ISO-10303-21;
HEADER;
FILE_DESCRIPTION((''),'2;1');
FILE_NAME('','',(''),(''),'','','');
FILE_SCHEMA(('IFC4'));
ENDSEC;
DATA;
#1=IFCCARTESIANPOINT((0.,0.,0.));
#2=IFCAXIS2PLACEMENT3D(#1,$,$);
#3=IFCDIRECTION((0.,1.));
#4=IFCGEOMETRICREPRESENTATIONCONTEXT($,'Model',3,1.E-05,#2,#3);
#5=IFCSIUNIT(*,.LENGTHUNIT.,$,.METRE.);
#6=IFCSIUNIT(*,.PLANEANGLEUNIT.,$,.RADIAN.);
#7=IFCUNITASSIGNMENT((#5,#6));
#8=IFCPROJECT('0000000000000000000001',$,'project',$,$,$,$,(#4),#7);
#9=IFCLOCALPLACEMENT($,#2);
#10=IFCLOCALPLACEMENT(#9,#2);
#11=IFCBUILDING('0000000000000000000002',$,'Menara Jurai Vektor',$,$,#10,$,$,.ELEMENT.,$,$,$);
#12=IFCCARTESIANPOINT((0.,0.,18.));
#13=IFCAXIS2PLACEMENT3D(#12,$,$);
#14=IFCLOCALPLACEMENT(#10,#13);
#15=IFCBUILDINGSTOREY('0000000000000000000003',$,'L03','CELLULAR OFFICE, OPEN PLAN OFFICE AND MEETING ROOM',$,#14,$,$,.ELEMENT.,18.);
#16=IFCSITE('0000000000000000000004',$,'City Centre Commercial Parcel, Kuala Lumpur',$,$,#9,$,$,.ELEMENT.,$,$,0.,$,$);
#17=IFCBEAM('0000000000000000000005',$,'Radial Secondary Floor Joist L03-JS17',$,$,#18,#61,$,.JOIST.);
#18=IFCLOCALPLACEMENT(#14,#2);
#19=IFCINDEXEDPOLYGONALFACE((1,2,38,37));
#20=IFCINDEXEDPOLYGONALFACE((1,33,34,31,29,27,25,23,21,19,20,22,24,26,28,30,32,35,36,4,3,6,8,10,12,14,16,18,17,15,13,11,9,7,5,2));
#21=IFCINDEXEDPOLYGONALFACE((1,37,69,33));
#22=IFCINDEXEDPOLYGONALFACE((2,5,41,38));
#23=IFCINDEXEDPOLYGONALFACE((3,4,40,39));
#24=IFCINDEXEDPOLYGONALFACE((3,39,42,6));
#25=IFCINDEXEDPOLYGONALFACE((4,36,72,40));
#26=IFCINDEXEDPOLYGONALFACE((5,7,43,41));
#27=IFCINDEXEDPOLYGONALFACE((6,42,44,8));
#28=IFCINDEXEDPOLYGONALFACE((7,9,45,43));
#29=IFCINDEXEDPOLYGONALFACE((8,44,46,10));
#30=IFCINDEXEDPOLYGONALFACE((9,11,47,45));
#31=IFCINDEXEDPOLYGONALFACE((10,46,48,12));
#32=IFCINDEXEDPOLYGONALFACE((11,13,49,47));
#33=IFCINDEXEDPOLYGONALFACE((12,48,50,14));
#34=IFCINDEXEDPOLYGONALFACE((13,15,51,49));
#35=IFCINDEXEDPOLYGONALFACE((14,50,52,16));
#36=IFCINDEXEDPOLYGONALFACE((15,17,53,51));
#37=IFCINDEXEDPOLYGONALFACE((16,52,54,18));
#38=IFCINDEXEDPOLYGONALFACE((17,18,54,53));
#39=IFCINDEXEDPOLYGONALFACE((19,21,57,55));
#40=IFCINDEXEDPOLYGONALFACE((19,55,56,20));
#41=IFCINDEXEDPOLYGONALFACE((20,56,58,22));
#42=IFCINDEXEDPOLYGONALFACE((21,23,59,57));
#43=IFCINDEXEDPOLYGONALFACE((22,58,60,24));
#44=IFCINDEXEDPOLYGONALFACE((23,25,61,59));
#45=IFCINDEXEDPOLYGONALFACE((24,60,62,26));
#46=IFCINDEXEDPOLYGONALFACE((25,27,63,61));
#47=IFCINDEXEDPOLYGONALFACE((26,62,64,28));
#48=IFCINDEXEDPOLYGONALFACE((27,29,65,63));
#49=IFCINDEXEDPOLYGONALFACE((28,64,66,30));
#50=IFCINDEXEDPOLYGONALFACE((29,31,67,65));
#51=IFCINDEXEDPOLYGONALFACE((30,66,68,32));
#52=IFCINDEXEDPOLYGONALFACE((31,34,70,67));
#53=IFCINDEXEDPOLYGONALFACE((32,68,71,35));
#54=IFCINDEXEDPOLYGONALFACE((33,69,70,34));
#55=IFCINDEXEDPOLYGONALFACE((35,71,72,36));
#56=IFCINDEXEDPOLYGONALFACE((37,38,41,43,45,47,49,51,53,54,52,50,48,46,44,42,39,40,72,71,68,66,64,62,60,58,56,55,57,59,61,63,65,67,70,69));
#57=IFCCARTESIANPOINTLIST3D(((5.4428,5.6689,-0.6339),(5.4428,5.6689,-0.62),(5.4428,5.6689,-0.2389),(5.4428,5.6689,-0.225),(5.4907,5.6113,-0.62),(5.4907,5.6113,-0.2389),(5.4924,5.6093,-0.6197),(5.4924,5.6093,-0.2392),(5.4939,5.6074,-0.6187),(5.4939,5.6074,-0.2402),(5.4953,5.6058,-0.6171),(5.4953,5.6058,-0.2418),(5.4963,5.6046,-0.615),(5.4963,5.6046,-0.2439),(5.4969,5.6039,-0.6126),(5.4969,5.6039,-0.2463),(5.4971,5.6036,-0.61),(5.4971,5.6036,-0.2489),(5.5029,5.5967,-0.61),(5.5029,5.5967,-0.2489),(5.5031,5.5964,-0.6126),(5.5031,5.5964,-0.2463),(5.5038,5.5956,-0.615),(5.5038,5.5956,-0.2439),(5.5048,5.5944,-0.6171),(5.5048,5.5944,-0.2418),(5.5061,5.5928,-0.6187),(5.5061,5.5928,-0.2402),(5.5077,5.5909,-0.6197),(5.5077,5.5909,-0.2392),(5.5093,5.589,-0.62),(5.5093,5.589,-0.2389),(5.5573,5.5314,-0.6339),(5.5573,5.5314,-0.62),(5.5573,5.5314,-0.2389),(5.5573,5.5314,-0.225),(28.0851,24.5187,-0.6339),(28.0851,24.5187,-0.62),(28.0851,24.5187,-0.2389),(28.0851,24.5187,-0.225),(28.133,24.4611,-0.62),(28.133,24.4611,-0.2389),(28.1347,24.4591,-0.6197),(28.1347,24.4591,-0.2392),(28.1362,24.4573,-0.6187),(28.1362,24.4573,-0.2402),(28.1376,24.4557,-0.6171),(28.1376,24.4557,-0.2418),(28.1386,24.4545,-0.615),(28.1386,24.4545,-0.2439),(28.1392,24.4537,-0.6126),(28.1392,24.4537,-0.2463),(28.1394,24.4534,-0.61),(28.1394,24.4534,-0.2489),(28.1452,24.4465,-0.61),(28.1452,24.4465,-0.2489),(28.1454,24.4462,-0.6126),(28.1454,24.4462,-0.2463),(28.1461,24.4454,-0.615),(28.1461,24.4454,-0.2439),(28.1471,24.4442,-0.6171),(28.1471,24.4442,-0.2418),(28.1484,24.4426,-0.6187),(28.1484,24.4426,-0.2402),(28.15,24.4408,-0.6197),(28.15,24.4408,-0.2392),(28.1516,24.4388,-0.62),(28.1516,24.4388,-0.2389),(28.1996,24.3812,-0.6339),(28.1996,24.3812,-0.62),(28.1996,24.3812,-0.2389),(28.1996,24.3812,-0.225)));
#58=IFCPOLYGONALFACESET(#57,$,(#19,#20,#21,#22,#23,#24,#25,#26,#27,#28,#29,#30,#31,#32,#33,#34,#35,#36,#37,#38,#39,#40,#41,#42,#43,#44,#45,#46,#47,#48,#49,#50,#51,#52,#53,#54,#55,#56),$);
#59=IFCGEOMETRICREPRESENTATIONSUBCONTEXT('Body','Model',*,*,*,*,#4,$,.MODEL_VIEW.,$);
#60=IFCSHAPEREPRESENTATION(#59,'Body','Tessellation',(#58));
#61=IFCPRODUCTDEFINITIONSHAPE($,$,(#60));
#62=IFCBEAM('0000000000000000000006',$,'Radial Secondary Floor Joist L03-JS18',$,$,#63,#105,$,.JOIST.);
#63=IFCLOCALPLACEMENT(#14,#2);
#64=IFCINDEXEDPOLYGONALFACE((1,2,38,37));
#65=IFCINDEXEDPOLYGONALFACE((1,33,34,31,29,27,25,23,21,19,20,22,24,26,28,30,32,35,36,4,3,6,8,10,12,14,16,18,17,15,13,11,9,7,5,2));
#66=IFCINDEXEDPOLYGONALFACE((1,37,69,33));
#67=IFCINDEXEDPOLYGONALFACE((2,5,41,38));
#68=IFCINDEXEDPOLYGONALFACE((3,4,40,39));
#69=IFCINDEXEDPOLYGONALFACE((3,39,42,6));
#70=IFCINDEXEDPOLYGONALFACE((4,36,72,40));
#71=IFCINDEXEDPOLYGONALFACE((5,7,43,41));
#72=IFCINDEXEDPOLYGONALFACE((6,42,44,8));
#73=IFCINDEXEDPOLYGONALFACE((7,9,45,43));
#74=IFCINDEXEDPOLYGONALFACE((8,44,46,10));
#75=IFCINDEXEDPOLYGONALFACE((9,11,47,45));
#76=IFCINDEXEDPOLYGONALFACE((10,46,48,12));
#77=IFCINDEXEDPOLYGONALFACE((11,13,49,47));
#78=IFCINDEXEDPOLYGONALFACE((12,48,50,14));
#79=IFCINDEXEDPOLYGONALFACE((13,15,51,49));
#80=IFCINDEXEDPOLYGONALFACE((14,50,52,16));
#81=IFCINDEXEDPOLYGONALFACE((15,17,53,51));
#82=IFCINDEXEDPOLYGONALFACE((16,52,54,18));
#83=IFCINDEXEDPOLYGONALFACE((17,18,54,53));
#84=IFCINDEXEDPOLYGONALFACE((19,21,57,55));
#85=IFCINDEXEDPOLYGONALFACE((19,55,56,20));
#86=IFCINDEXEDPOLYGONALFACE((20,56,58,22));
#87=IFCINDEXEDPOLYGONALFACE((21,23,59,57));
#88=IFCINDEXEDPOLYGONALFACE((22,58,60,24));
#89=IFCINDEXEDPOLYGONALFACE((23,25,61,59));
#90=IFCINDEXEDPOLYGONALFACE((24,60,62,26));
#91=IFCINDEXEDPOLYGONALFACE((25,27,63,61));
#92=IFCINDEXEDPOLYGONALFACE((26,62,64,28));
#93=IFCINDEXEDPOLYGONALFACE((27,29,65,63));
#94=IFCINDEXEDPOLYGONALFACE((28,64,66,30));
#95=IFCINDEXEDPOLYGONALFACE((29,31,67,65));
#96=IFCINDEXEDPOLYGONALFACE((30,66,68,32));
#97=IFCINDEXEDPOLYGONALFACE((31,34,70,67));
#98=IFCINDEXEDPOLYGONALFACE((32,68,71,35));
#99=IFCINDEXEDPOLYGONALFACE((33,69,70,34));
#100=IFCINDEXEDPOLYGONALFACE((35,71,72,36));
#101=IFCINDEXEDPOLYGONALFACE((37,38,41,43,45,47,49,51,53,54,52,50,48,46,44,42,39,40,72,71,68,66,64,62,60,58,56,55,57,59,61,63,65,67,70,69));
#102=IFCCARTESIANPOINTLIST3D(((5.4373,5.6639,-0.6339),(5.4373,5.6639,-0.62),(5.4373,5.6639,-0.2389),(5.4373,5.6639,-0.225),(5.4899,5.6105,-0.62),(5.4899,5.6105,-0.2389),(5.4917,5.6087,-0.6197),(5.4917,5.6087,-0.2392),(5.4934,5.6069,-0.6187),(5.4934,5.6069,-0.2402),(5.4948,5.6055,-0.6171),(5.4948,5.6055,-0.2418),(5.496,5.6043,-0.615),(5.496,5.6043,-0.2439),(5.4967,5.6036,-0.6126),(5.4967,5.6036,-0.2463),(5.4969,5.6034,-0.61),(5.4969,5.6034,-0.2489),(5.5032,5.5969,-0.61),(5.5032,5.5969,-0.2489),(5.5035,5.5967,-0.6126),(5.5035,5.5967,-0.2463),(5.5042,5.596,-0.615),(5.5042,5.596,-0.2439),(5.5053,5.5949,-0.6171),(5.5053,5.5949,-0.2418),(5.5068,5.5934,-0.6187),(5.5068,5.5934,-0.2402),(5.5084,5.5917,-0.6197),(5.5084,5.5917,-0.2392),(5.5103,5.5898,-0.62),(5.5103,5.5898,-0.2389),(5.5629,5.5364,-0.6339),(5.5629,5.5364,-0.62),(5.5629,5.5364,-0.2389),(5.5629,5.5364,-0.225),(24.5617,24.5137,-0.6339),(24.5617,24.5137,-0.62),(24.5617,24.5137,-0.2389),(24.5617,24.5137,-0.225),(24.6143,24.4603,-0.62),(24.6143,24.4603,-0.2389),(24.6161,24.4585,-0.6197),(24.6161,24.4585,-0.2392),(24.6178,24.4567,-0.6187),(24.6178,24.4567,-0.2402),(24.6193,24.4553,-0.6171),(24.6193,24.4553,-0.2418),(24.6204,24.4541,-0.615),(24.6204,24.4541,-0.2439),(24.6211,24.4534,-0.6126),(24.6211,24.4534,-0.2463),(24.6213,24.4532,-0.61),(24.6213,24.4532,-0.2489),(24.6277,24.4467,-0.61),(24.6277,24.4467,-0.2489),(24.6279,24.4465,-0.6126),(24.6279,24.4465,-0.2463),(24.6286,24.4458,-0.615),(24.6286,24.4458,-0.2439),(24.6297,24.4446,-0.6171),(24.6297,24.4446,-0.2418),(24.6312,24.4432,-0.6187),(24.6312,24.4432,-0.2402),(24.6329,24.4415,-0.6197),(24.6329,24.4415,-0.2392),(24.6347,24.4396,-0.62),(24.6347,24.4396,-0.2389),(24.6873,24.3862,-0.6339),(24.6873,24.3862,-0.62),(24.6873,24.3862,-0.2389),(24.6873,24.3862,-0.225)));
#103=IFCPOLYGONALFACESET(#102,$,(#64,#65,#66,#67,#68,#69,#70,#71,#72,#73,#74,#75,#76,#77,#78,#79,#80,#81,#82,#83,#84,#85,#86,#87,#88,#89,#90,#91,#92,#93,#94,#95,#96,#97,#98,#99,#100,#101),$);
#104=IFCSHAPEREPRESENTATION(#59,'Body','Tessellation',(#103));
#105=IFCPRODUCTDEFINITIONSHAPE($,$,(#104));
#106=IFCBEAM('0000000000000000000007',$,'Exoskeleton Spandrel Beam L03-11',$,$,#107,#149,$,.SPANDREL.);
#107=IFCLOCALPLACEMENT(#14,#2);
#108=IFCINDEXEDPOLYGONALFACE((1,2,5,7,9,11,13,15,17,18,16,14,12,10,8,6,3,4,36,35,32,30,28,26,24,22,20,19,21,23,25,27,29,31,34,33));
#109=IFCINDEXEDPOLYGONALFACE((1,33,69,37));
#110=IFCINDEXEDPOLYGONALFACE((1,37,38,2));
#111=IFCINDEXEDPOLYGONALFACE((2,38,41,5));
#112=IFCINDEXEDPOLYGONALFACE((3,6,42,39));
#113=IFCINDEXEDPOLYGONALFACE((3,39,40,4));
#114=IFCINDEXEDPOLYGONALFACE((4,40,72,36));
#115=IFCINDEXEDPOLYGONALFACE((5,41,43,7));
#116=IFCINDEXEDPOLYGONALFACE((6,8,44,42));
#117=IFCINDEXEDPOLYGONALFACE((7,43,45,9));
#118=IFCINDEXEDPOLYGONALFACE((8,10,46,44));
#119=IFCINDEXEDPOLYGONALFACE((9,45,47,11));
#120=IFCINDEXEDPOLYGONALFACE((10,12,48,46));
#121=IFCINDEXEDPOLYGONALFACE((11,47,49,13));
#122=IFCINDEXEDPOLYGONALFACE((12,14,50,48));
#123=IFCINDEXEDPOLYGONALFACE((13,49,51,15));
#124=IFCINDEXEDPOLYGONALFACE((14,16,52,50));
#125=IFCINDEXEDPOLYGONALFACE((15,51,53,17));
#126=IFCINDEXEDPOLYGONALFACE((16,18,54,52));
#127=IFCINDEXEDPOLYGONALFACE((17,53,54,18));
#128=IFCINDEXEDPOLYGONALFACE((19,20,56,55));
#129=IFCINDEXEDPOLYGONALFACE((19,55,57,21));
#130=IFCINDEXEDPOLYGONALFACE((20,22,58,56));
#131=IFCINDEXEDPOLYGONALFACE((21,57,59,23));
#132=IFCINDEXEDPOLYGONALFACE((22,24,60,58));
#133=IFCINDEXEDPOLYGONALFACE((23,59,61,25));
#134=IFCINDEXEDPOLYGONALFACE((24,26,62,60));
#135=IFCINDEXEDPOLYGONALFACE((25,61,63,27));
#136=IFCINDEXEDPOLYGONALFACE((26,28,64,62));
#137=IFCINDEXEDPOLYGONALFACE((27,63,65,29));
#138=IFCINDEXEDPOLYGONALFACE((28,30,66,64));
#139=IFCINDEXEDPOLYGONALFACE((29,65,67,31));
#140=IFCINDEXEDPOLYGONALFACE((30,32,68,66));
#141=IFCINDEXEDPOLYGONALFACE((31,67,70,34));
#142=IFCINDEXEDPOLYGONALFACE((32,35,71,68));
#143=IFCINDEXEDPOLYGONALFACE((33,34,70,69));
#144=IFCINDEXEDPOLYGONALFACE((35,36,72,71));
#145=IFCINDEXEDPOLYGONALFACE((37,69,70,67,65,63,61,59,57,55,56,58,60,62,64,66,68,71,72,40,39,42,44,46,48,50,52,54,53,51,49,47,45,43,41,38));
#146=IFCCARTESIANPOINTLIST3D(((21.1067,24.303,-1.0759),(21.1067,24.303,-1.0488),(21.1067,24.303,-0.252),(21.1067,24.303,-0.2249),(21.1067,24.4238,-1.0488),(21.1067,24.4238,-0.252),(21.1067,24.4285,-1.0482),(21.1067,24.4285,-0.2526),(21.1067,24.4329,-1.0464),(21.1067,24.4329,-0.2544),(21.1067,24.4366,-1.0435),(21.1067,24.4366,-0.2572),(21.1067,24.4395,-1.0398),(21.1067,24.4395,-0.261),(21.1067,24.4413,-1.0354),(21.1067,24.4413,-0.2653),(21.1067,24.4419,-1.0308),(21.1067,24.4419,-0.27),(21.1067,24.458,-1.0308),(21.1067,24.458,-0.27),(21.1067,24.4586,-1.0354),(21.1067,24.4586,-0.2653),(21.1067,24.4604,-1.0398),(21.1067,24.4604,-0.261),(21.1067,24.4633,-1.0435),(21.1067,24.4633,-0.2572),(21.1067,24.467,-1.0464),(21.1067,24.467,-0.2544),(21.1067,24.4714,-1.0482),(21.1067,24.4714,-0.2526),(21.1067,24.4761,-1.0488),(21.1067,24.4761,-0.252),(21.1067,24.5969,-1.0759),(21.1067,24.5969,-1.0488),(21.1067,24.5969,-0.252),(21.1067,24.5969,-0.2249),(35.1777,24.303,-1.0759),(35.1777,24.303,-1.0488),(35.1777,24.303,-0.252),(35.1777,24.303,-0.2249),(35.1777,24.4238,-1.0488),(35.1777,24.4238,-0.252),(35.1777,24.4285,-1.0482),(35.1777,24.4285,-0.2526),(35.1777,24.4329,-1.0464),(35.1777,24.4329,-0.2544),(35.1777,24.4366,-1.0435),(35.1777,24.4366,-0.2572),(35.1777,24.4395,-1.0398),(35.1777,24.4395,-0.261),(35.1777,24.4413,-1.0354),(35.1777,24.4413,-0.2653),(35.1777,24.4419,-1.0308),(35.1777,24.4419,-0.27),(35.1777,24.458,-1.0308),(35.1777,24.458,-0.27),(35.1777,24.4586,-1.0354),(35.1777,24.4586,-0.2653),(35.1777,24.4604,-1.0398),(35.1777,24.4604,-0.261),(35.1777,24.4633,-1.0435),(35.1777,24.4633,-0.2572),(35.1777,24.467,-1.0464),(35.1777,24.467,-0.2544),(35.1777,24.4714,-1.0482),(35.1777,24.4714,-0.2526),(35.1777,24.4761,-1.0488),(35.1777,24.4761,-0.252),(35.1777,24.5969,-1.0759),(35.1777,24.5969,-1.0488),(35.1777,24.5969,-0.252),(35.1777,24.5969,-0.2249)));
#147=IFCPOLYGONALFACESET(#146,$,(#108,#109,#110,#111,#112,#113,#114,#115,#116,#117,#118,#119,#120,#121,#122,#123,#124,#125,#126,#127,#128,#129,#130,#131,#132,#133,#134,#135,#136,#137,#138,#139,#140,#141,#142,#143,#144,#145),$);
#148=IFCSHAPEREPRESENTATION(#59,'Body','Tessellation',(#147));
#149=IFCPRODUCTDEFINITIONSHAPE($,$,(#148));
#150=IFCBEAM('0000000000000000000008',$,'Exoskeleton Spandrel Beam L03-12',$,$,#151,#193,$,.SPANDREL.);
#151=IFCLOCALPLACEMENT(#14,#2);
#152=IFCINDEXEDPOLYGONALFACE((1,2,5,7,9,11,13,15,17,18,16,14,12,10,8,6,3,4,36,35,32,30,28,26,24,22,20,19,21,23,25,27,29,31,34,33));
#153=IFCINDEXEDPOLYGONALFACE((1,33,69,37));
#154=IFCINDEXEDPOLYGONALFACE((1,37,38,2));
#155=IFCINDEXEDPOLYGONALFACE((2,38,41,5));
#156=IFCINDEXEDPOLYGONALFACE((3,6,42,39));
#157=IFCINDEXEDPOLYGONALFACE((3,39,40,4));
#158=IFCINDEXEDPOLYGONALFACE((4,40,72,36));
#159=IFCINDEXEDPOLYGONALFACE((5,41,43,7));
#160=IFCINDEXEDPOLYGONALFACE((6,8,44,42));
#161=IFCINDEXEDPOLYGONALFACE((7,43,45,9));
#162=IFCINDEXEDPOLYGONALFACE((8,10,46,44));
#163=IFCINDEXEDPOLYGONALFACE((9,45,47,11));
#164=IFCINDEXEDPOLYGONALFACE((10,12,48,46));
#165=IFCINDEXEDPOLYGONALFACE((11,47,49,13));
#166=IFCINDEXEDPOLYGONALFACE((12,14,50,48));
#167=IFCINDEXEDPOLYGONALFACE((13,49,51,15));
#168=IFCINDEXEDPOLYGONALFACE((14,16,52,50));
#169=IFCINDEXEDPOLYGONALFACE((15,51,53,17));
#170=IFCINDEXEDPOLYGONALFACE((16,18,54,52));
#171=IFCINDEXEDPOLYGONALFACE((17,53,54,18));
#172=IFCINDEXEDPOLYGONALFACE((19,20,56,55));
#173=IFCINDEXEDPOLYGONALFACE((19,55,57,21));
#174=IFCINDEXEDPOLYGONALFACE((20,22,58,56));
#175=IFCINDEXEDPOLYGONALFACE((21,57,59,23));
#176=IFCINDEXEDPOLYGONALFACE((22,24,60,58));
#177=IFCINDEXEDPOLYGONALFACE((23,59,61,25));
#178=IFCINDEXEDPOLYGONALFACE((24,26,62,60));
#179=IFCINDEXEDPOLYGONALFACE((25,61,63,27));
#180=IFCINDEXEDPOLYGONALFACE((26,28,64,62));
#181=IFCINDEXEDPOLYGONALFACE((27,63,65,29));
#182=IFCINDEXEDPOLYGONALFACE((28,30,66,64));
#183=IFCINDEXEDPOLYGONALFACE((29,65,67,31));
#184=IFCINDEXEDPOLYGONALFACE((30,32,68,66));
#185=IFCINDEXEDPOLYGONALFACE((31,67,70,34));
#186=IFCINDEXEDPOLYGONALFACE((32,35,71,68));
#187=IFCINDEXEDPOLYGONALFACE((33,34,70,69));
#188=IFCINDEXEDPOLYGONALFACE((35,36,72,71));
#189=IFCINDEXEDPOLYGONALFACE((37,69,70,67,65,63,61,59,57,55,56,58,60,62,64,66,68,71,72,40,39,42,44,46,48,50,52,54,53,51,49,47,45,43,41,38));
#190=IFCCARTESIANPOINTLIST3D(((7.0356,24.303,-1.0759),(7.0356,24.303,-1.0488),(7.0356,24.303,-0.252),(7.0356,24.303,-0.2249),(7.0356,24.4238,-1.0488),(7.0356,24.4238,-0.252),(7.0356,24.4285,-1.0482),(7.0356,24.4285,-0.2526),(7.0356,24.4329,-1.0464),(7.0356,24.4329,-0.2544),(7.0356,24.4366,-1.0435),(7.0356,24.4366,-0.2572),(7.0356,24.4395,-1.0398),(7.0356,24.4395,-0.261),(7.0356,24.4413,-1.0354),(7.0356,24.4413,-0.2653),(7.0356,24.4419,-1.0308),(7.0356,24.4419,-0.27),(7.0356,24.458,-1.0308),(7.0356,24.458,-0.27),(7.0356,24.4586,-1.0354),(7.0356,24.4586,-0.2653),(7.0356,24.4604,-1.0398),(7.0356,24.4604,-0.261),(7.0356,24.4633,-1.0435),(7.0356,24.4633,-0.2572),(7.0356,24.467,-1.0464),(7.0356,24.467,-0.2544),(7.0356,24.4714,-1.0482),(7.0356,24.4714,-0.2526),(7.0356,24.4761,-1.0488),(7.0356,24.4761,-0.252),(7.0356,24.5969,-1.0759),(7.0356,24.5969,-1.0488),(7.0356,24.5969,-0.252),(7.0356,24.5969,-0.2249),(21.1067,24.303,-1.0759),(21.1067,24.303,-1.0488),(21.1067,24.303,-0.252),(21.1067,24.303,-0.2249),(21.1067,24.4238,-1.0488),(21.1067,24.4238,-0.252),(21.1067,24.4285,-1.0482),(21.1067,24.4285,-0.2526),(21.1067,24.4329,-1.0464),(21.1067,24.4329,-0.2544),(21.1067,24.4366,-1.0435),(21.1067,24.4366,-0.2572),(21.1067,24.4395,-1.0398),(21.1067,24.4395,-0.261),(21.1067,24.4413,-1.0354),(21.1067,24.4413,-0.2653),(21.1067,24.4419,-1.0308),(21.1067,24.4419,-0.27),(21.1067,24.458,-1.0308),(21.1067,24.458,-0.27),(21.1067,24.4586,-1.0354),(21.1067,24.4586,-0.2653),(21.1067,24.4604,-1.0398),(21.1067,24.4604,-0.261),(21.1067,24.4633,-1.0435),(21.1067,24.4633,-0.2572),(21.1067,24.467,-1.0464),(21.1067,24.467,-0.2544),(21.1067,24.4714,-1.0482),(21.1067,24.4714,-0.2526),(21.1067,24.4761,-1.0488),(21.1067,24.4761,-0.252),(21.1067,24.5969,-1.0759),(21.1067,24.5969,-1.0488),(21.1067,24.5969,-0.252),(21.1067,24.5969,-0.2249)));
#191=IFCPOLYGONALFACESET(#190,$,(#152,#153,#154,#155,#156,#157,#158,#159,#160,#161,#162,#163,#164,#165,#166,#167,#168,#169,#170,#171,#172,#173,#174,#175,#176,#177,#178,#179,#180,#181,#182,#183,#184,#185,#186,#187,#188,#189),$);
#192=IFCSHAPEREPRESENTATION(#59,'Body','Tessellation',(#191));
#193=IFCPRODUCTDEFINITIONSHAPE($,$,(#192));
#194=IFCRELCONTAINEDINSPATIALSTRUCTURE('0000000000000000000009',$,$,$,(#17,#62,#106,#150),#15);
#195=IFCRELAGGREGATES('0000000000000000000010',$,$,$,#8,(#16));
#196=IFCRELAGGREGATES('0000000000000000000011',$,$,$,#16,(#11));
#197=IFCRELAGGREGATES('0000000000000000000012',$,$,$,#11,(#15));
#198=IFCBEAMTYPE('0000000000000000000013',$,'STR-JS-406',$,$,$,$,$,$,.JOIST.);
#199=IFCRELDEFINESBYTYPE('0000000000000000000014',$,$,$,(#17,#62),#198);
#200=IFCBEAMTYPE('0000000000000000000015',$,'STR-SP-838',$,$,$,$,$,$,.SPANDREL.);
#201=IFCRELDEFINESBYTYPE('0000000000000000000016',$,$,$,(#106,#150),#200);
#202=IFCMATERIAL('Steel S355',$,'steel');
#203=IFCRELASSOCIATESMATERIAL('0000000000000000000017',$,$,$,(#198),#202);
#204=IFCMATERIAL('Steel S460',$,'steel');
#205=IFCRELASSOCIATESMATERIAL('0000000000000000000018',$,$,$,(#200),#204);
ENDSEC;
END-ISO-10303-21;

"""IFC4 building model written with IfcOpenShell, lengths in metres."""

from ifc_helpers import new_model, si_unit, direction, frame, origin, origin_2d, place, context, subcontext, project, spatial, i_section, extrude, material, material_profile, profile_set, type_object, element, save


model = new_model("IFC4")

# Units and contexts
model_context = context("Model", 3, precision=1e-05, world=origin(), true_north=direction((0.0, 1.0)))
body_context = subcontext(model_context, "Body", "Model", "MODEL_VIEW")
ifc_project = project(units=[si_unit("LENGTHUNIT", "METRE"), si_unit("PLANEANGLEUNIT", "RADIAN")], contexts=[model_context])

# Site, building, storey
site_placement = place(None, origin())
site = spatial("IfcSite", under=ifc_project, at=site_placement, Name="City Centre Commercial Parcel, Kuala Lumpur", CompositionType="ELEMENT", RefElevation=0.0)
building_placement = place(site_placement, origin())
building = spatial("IfcBuilding", under=site, at=building_placement, Name="Menara Jurai Vektor", CompositionType="ELEMENT")
storey_placement = place(building_placement, frame((0.0, 0.0, 18.0)))
storey = spatial("IfcBuildingStorey", under=building, at=storey_placement, Name="L03", Description="CELLULAR OFFICE, OPEN PLAN OFFICE AND MEETING ROOM", CompositionType="ELEMENT", Elevation=18.0)

# Shared definitions
ifc_material_1 = material(Name="Steel S460", Category="steel")

# Shared definitions
ifc_material_2 = material(Name="Steel S355", Category="steel")

# Beams
ifc_material_profile_1 = material_profile(ifc_material_2, i_section(OverallWidth=0.179, OverallDepth=0.4089, WebThickness=0.009, FlangeThickness=0.0139, FilletRadius=0.01, at=origin_2d()), Name="UKB 406x178x67")
ifc_profile_set_1 = profile_set([ifc_material_profile_1], Name="Steel S355")
beam_type_1 = type_object("IfcBeamType", Name="STR-JS-406", PredefinedType="JOIST", material=ifc_profile_set_1)
beam_1_placement = place(storey_placement, frame((28.1423, 24.45, -0.4294), z_axis=(-0.768534, -0.639809, 0.0), x_axis=(0.639809, -0.768534, 0.0)))
element("IfcBeam", 1, at=beam_1_placement, inside=storey, type_object=beam_type_1, Name="Radial Secondary Floor Joist L03-JS17", PredefinedType="JOIST", context=body_context, shape_type="SweptSolid", body=[
    extrude(i_section(OverallWidth=0.179, OverallDepth=0.4089, WebThickness=0.009, FlangeThickness=0.0139, FilletRadius=0.01, at=origin_2d()), origin(), (0.0, 0.0, 1.0), 29.4617),
])
beam_2_placement = place(storey_placement, frame((24.6245, 24.45, -0.4294), z_axis=(-0.712202, -0.701974, 0.0), x_axis=(0.701974, -0.712202, 0.0)))
element("IfcBeam", 2, at=beam_2_placement, inside=storey, type_object=beam_type_1, Name="Radial Secondary Floor Joist L03-JS18", PredefinedType="JOIST", context=body_context, shape_type="SweptSolid", body=[
    extrude(i_section(OverallWidth=0.179, OverallDepth=0.4089, WebThickness=0.009, FlangeThickness=0.0139, FilletRadius=0.01, at=origin_2d()), origin(), (0.0, 0.0, 1.0), 26.8525),
])
ifc_material_profile_2 = material_profile(ifc_material_1, i_section(OverallWidth=0.2939, OverallDepth=0.8511, WebThickness=0.0161, FlangeThickness=0.0271, FilletRadius=0.0181, at=origin_2d()), Name="UKB 838x292x226")
ifc_profile_set_2 = profile_set([ifc_material_profile_2], Name="Steel S460")
beam_type_2 = type_object("IfcBeamType", Name="STR-SP-838", PredefinedType="SPANDREL", material=ifc_profile_set_2)
for number, where, z_axis, x_axis, name in (
    (3, (35.1777, 24.45, -0.6504), (-1.0, 0.0, 0.0), (0.0, -1.0, 0.0), "Exoskeleton Spandrel Beam L03-11"),
    (4, (21.1067, 24.45, -0.6504), (-1.0, 0.0, 0.0), (0.0, -1.0, 0.0), "Exoskeleton Spandrel Beam L03-12"),
):
    element("IfcBeam", number, at=place(storey_placement, frame(where, z_axis=z_axis, x_axis=x_axis)), inside=storey, type_object=beam_type_2, Name=name, PredefinedType="SPANDREL", context=body_context, shape_type="SweptSolid", body=[
        extrude(i_section(OverallWidth=0.2939, OverallDepth=0.8511, WebThickness=0.0161, FlangeThickness=0.0271, FilletRadius=0.0181, at=origin_2d()), origin(), (0.0, 0.0, 1.0), 14.071),
    ])

save(model, "model.ifc")
